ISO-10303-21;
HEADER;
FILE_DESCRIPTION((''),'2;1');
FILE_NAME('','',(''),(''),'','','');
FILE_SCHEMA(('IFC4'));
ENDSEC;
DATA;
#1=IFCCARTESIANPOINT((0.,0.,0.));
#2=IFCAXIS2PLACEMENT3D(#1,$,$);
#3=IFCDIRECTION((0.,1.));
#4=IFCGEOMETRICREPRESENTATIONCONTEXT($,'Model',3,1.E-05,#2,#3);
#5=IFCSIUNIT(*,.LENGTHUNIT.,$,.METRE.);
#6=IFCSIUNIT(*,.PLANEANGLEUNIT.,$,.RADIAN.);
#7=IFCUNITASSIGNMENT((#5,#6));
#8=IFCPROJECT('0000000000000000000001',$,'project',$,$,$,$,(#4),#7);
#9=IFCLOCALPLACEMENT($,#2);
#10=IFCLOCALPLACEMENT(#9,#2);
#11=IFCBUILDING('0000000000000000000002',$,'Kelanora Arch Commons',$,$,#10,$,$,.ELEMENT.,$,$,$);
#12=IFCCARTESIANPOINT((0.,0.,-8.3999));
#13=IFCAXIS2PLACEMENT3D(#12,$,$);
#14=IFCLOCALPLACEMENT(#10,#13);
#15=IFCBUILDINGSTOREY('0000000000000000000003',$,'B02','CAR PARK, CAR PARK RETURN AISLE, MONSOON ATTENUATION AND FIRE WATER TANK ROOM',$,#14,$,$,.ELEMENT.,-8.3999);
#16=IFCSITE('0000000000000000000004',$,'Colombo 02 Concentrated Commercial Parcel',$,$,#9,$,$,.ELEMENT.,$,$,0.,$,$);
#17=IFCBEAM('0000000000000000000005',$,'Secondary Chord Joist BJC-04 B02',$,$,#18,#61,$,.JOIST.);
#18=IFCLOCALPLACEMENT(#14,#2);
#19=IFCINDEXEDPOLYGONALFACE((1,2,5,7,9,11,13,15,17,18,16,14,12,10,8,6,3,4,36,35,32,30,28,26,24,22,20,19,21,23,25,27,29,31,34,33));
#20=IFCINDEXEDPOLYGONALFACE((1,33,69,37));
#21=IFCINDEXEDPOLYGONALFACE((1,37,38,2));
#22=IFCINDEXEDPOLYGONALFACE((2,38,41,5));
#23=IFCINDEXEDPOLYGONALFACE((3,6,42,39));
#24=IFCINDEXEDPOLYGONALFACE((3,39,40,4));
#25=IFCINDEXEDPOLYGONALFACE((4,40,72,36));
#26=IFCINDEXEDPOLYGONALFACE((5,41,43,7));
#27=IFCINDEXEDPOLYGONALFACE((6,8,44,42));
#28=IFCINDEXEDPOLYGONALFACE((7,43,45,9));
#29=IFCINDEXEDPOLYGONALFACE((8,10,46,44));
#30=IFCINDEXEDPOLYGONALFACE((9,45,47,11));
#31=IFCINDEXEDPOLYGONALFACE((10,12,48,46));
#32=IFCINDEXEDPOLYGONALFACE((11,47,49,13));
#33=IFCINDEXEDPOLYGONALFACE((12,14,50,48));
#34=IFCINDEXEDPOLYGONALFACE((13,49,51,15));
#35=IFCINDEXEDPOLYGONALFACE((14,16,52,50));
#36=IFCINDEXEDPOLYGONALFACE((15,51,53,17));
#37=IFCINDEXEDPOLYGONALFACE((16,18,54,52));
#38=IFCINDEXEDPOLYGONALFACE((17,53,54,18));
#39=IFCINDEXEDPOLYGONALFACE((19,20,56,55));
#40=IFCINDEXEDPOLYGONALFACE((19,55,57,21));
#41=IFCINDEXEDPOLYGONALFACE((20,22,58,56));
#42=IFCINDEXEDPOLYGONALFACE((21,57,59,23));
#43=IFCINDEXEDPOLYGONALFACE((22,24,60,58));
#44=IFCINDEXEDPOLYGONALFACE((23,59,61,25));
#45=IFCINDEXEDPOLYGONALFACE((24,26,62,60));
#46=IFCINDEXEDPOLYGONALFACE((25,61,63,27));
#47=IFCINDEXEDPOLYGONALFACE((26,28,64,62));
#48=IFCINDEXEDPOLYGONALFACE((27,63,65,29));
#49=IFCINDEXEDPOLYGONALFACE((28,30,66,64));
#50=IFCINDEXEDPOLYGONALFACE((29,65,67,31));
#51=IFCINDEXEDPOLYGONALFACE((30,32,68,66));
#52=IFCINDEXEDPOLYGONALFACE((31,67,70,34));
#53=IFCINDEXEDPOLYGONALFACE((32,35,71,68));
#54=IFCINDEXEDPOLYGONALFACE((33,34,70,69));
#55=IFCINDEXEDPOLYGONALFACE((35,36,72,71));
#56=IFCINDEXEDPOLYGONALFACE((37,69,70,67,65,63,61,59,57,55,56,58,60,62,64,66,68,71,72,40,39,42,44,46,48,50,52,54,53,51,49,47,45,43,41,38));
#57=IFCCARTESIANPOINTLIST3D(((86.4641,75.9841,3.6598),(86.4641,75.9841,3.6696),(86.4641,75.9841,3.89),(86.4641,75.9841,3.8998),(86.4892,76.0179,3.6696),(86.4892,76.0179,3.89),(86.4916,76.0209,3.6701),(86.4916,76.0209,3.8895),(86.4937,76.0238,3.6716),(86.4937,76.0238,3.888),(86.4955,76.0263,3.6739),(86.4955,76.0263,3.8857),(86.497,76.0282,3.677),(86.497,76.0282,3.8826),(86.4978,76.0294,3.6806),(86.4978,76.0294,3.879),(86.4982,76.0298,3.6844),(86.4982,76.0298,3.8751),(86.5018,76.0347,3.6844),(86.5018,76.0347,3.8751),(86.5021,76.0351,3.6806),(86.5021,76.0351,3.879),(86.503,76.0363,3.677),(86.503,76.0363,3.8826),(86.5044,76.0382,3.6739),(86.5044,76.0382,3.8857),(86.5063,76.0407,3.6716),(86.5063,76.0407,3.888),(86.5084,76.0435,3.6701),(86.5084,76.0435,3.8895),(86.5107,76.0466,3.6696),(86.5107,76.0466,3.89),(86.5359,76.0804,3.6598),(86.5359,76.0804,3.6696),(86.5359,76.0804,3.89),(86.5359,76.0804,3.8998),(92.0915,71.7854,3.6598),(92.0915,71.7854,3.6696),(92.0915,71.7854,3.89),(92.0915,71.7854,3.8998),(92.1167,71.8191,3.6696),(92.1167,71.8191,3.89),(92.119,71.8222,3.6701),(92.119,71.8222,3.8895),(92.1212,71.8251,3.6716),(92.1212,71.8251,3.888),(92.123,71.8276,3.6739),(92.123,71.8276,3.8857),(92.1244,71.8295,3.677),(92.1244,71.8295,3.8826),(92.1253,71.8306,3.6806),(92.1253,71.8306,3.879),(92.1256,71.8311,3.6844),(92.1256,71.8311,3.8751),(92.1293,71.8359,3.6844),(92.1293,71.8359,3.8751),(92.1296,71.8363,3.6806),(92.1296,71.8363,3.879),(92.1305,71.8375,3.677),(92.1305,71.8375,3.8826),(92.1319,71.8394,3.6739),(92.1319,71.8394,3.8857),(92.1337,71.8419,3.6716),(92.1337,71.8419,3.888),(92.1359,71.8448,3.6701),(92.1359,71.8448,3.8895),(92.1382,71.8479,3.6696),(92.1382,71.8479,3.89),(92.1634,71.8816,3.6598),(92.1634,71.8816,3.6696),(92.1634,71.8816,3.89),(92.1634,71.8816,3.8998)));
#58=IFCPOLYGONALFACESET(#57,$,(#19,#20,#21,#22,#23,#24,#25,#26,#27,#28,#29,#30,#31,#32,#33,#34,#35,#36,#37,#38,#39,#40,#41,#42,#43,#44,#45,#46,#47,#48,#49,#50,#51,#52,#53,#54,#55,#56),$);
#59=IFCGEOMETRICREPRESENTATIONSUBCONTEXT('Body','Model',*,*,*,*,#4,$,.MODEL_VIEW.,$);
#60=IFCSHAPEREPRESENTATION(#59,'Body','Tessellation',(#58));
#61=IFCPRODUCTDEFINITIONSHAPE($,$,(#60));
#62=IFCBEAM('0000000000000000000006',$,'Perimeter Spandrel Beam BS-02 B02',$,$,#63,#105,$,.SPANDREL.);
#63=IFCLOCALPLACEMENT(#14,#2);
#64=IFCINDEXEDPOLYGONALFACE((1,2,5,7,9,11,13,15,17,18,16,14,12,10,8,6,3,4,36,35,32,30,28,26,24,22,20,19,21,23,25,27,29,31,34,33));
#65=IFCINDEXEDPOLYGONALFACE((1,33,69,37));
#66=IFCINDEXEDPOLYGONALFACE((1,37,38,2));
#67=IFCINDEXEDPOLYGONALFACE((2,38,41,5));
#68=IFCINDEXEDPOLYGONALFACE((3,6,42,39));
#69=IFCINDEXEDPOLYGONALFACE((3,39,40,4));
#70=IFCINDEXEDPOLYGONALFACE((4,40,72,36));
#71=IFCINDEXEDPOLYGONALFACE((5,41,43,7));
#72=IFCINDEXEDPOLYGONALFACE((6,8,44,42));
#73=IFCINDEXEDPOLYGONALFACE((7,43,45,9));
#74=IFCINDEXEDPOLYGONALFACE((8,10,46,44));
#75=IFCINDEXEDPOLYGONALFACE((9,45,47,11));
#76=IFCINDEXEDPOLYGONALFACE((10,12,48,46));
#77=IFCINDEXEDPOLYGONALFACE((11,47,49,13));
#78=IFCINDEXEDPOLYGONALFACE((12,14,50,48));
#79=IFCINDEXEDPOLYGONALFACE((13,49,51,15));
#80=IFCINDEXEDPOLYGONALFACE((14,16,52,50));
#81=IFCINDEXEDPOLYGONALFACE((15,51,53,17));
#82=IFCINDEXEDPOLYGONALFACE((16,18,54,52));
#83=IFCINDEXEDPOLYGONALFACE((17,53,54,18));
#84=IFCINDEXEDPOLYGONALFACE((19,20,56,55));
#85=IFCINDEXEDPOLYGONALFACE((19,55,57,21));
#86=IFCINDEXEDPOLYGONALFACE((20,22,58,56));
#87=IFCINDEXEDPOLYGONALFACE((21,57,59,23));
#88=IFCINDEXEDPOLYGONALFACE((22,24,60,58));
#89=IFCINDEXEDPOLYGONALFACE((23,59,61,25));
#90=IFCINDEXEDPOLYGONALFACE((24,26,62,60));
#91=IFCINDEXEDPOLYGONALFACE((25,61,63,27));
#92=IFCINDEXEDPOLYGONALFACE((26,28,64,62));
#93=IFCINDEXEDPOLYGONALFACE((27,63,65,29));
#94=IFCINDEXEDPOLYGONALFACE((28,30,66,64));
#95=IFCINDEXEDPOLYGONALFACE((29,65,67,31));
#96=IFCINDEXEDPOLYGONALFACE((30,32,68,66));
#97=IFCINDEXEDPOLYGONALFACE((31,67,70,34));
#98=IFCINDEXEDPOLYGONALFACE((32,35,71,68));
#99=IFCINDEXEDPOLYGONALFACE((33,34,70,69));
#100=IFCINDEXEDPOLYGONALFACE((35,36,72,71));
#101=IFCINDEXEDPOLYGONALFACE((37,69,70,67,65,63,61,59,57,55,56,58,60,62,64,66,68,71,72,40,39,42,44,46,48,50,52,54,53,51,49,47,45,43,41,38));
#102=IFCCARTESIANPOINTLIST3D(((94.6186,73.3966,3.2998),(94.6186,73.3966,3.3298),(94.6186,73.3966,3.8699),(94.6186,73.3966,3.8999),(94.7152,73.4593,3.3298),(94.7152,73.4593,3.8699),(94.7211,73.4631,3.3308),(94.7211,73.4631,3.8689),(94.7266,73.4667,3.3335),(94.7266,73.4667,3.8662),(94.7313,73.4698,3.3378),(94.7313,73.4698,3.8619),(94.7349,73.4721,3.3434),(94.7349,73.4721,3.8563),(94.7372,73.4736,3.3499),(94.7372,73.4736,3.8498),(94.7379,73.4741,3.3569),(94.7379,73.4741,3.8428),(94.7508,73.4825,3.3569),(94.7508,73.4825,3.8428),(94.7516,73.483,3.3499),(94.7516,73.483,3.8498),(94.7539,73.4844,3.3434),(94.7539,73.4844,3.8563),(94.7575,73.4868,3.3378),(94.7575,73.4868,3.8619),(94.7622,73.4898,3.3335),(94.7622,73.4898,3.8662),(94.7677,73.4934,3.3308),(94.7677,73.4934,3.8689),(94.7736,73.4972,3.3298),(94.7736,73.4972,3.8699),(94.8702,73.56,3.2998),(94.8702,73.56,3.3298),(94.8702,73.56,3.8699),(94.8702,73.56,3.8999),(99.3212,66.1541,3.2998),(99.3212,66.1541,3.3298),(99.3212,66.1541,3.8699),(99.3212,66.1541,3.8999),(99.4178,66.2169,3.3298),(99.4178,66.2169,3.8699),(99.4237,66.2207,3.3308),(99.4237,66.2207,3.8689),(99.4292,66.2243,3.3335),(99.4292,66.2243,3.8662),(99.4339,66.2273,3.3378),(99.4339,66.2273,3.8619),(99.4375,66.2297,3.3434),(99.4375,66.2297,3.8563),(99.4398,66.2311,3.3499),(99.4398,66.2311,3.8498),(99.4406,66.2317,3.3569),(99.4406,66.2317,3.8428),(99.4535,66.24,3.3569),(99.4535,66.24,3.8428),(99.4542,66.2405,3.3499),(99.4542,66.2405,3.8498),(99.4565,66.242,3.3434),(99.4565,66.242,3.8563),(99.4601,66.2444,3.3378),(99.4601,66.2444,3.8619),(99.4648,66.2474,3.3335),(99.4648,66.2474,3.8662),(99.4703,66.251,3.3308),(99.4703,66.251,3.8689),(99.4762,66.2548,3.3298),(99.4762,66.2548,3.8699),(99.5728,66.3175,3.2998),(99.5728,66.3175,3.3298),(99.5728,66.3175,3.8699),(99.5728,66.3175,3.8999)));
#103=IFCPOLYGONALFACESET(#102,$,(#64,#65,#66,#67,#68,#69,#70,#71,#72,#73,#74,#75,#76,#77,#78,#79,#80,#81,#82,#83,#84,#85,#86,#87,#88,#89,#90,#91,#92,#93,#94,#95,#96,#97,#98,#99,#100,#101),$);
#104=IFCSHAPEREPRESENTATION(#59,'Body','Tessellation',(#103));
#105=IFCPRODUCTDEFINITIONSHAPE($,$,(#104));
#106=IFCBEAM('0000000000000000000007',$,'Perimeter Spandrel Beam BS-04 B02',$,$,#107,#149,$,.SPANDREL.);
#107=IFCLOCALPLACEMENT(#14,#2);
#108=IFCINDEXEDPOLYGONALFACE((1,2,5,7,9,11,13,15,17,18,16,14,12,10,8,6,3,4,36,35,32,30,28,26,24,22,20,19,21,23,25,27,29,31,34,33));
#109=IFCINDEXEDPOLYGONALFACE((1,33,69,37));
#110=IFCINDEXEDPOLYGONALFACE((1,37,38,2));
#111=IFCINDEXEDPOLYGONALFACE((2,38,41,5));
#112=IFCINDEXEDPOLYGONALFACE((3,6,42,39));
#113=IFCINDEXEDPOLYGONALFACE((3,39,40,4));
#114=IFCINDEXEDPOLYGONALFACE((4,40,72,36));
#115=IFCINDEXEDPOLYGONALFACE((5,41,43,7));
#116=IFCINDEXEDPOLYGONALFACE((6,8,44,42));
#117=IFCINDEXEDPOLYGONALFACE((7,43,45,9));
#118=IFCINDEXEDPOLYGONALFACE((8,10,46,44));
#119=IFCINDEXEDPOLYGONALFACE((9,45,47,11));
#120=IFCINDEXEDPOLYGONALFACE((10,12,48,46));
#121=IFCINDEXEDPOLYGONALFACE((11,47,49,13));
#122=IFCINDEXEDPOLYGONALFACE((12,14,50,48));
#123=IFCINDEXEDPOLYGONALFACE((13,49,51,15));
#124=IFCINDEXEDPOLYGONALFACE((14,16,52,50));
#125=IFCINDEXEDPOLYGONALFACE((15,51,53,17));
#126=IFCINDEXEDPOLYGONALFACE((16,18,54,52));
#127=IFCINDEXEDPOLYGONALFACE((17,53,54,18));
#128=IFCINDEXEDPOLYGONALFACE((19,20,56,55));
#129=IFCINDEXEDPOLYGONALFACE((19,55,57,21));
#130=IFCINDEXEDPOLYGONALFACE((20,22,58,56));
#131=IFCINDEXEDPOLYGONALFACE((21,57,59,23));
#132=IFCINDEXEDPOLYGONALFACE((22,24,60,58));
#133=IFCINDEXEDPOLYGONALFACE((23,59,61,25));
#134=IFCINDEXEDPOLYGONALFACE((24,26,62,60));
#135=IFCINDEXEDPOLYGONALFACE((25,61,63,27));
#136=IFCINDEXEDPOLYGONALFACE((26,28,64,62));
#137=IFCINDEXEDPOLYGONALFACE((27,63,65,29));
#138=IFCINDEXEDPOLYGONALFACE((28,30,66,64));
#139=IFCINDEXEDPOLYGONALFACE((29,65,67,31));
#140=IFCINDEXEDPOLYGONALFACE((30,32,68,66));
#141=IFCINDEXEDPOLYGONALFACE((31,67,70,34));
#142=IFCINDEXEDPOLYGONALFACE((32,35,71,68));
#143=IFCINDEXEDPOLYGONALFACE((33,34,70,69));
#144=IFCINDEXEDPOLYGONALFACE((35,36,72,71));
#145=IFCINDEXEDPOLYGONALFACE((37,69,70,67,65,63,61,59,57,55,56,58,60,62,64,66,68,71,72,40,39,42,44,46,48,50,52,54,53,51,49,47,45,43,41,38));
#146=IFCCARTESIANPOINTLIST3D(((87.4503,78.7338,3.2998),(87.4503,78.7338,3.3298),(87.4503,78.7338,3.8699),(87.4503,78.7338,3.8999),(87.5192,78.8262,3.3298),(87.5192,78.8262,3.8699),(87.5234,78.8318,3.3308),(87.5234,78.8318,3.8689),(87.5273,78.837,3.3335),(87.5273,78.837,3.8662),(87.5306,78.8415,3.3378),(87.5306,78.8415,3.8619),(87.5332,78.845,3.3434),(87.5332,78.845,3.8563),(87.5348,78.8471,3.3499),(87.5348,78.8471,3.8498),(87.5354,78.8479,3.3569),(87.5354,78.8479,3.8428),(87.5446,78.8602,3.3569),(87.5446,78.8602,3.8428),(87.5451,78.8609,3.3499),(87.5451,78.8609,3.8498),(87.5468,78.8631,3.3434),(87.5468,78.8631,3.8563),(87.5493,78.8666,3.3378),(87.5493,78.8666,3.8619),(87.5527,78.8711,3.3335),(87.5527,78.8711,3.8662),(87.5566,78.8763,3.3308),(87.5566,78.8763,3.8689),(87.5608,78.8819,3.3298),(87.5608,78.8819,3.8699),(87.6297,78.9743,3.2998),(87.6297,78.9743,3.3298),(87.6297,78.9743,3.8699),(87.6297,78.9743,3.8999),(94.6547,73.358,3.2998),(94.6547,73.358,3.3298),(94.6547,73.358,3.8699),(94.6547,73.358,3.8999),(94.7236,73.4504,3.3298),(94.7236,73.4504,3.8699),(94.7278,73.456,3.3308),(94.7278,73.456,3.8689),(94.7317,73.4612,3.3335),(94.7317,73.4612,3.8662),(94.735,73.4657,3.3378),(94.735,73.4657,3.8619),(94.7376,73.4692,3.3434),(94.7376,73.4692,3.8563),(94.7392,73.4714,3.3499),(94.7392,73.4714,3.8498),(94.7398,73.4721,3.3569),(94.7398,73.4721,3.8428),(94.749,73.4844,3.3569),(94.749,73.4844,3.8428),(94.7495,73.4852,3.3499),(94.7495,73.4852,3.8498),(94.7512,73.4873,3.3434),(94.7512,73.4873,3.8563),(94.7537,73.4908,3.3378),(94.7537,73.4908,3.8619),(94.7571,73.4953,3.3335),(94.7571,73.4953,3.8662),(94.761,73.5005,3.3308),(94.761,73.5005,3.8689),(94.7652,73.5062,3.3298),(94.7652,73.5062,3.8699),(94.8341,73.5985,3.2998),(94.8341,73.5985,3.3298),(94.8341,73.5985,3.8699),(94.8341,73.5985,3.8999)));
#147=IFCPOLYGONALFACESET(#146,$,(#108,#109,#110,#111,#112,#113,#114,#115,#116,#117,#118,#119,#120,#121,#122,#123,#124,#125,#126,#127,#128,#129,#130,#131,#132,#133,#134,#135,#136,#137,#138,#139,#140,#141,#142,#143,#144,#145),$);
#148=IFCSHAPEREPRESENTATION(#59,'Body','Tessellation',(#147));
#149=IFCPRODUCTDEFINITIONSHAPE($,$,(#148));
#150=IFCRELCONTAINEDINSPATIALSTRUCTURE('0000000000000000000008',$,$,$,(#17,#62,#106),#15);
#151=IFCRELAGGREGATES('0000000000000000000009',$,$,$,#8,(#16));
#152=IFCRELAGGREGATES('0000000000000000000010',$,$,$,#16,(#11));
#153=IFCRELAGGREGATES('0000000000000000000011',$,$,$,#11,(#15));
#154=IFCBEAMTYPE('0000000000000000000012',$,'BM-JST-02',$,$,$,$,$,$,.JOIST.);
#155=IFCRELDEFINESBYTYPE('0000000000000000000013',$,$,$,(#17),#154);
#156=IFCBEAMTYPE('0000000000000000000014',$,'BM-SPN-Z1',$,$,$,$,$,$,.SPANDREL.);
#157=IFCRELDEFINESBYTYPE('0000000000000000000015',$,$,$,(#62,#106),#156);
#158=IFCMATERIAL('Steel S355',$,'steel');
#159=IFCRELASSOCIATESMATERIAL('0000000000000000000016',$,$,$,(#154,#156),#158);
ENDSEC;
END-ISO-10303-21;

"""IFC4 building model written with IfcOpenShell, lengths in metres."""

from ifc_helpers import new_model, si_unit, direction, frame, origin, origin_2d, place, context, subcontext, project, spatial, i_section, extrude, material, material_profile, profile_set, type_object, element, save


model = new_model("IFC4")

# Units and contexts
model_context = context("Model", 3, precision=1e-05, world=origin(), true_north=direction((0.0, 1.0)))
body_context = subcontext(model_context, "Body", "Model", "MODEL_VIEW")
ifc_project = project(units=[si_unit("LENGTHUNIT", "METRE"), si_unit("PLANEANGLEUNIT", "RADIAN")], contexts=[model_context])

# Site, building, storey
site_placement = place(None, origin())
site = spatial("IfcSite", under=ifc_project, at=site_placement, Name="Colombo 02 Concentrated Commercial Parcel", CompositionType="ELEMENT", RefElevation=0.0)
building_placement = place(site_placement, origin())
building = spatial("IfcBuilding", under=site, at=building_placement, Name="Kelanora Arch Commons", CompositionType="ELEMENT")
storey_placement = place(building_placement, frame((0.0, 0.0, -8.3999)))
storey = spatial("IfcBuildingStorey", under=building, at=storey_placement, Name="B02", Description="CAR PARK, CAR PARK RETURN AISLE, MONSOON ATTENUATION AND FIRE WATER TANK ROOM", CompositionType="ELEMENT", Elevation=-8.3999)

# Shared definitions
ifc_material_1 = material(Name="Steel S355", Category="steel")

# Beams
ifc_material_profile_1 = material_profile(ifc_material_1, i_section(OverallWidth=0.1201, OverallDepth=0.24, WebThickness=0.0061, FlangeThickness=0.0098, FilletRadius=0.0149, at=origin_2d()), Name="IPE240")
ifc_profile_set_1 = profile_set([ifc_material_profile_1], Name="Steel S355")
beam_type_1 = type_object("IfcBeamType", Name="BM-JST-02", PredefinedType="JOIST", material=ifc_profile_set_1)
beam_1_placement = place(storey_placement, frame((92.1274, 71.8335, 3.7798), z_axis=(-0.801491, 0.598006, 0.0), x_axis=(-0.598006, -0.801491, 0.0)))
element("IfcBeam", 1, at=beam_1_placement, inside=storey, type_object=beam_type_1, Name="Secondary Chord Joist BJC-04 B02", PredefinedType="JOIST", context=body_context, shape_type="SweptSolid", body=[
    extrude(i_section(OverallWidth=0.1201, OverallDepth=0.24, WebThickness=0.0061, FlangeThickness=0.0098, FilletRadius=0.0149, at=origin_2d()), origin(), (0.0, 0.0, 1.0), 7.0212),
])
ifc_material_profile_2 = material_profile(ifc_material_1, i_section(OverallWidth=0.3, OverallDepth=0.6001, WebThickness=0.0154, FlangeThickness=0.03, FilletRadius=0.0271, at=origin_2d()), Name="HEB600")
ifc_profile_set_2 = profile_set([ifc_material_profile_2], Name="Steel S355")
beam_type_2 = type_object("IfcBeamType", Name="BM-SPN-Z1", PredefinedType="SPANDREL", material=ifc_profile_set_2)
beam_2_placement = place(storey_placement, frame((99.447, 66.2358, 3.5999), z_axis=(-0.544586, 0.838705, 0.0), x_axis=(-0.838705, -0.544586, 0.0)))
element("IfcBeam", 2, at=beam_2_placement, inside=storey, type_object=beam_type_2, Name="Perimeter Spandrel Beam BS-02 B02", PredefinedType="SPANDREL", context=body_context, shape_type="SweptSolid", body=[
    extrude(i_section(OverallWidth=0.3, OverallDepth=0.6001, WebThickness=0.0154, FlangeThickness=0.03, FilletRadius=0.0271, at=origin_2d()), origin(), (0.0, 0.0, 1.0), 8.6353),
])
beam_3_placement = place(storey_placement, frame((94.7444, 73.4783, 3.5999), z_axis=(-0.801468, 0.598038, 0.0), x_axis=(-0.598038, -0.801468, 0.0)))
element("IfcBeam", 3, at=beam_3_placement, inside=storey, type_object=beam_type_2, Name="Perimeter Spandrel Beam BS-04 B02", PredefinedType="SPANDREL", context=body_context, shape_type="SweptSolid", body=[
    extrude(i_section(OverallWidth=0.3, OverallDepth=0.6001, WebThickness=0.0154, FlangeThickness=0.03, FilletRadius=0.0271, at=origin_2d()), origin(), (0.0, 0.0, 1.0), 8.989),
])

save(model, "model.ifc")
